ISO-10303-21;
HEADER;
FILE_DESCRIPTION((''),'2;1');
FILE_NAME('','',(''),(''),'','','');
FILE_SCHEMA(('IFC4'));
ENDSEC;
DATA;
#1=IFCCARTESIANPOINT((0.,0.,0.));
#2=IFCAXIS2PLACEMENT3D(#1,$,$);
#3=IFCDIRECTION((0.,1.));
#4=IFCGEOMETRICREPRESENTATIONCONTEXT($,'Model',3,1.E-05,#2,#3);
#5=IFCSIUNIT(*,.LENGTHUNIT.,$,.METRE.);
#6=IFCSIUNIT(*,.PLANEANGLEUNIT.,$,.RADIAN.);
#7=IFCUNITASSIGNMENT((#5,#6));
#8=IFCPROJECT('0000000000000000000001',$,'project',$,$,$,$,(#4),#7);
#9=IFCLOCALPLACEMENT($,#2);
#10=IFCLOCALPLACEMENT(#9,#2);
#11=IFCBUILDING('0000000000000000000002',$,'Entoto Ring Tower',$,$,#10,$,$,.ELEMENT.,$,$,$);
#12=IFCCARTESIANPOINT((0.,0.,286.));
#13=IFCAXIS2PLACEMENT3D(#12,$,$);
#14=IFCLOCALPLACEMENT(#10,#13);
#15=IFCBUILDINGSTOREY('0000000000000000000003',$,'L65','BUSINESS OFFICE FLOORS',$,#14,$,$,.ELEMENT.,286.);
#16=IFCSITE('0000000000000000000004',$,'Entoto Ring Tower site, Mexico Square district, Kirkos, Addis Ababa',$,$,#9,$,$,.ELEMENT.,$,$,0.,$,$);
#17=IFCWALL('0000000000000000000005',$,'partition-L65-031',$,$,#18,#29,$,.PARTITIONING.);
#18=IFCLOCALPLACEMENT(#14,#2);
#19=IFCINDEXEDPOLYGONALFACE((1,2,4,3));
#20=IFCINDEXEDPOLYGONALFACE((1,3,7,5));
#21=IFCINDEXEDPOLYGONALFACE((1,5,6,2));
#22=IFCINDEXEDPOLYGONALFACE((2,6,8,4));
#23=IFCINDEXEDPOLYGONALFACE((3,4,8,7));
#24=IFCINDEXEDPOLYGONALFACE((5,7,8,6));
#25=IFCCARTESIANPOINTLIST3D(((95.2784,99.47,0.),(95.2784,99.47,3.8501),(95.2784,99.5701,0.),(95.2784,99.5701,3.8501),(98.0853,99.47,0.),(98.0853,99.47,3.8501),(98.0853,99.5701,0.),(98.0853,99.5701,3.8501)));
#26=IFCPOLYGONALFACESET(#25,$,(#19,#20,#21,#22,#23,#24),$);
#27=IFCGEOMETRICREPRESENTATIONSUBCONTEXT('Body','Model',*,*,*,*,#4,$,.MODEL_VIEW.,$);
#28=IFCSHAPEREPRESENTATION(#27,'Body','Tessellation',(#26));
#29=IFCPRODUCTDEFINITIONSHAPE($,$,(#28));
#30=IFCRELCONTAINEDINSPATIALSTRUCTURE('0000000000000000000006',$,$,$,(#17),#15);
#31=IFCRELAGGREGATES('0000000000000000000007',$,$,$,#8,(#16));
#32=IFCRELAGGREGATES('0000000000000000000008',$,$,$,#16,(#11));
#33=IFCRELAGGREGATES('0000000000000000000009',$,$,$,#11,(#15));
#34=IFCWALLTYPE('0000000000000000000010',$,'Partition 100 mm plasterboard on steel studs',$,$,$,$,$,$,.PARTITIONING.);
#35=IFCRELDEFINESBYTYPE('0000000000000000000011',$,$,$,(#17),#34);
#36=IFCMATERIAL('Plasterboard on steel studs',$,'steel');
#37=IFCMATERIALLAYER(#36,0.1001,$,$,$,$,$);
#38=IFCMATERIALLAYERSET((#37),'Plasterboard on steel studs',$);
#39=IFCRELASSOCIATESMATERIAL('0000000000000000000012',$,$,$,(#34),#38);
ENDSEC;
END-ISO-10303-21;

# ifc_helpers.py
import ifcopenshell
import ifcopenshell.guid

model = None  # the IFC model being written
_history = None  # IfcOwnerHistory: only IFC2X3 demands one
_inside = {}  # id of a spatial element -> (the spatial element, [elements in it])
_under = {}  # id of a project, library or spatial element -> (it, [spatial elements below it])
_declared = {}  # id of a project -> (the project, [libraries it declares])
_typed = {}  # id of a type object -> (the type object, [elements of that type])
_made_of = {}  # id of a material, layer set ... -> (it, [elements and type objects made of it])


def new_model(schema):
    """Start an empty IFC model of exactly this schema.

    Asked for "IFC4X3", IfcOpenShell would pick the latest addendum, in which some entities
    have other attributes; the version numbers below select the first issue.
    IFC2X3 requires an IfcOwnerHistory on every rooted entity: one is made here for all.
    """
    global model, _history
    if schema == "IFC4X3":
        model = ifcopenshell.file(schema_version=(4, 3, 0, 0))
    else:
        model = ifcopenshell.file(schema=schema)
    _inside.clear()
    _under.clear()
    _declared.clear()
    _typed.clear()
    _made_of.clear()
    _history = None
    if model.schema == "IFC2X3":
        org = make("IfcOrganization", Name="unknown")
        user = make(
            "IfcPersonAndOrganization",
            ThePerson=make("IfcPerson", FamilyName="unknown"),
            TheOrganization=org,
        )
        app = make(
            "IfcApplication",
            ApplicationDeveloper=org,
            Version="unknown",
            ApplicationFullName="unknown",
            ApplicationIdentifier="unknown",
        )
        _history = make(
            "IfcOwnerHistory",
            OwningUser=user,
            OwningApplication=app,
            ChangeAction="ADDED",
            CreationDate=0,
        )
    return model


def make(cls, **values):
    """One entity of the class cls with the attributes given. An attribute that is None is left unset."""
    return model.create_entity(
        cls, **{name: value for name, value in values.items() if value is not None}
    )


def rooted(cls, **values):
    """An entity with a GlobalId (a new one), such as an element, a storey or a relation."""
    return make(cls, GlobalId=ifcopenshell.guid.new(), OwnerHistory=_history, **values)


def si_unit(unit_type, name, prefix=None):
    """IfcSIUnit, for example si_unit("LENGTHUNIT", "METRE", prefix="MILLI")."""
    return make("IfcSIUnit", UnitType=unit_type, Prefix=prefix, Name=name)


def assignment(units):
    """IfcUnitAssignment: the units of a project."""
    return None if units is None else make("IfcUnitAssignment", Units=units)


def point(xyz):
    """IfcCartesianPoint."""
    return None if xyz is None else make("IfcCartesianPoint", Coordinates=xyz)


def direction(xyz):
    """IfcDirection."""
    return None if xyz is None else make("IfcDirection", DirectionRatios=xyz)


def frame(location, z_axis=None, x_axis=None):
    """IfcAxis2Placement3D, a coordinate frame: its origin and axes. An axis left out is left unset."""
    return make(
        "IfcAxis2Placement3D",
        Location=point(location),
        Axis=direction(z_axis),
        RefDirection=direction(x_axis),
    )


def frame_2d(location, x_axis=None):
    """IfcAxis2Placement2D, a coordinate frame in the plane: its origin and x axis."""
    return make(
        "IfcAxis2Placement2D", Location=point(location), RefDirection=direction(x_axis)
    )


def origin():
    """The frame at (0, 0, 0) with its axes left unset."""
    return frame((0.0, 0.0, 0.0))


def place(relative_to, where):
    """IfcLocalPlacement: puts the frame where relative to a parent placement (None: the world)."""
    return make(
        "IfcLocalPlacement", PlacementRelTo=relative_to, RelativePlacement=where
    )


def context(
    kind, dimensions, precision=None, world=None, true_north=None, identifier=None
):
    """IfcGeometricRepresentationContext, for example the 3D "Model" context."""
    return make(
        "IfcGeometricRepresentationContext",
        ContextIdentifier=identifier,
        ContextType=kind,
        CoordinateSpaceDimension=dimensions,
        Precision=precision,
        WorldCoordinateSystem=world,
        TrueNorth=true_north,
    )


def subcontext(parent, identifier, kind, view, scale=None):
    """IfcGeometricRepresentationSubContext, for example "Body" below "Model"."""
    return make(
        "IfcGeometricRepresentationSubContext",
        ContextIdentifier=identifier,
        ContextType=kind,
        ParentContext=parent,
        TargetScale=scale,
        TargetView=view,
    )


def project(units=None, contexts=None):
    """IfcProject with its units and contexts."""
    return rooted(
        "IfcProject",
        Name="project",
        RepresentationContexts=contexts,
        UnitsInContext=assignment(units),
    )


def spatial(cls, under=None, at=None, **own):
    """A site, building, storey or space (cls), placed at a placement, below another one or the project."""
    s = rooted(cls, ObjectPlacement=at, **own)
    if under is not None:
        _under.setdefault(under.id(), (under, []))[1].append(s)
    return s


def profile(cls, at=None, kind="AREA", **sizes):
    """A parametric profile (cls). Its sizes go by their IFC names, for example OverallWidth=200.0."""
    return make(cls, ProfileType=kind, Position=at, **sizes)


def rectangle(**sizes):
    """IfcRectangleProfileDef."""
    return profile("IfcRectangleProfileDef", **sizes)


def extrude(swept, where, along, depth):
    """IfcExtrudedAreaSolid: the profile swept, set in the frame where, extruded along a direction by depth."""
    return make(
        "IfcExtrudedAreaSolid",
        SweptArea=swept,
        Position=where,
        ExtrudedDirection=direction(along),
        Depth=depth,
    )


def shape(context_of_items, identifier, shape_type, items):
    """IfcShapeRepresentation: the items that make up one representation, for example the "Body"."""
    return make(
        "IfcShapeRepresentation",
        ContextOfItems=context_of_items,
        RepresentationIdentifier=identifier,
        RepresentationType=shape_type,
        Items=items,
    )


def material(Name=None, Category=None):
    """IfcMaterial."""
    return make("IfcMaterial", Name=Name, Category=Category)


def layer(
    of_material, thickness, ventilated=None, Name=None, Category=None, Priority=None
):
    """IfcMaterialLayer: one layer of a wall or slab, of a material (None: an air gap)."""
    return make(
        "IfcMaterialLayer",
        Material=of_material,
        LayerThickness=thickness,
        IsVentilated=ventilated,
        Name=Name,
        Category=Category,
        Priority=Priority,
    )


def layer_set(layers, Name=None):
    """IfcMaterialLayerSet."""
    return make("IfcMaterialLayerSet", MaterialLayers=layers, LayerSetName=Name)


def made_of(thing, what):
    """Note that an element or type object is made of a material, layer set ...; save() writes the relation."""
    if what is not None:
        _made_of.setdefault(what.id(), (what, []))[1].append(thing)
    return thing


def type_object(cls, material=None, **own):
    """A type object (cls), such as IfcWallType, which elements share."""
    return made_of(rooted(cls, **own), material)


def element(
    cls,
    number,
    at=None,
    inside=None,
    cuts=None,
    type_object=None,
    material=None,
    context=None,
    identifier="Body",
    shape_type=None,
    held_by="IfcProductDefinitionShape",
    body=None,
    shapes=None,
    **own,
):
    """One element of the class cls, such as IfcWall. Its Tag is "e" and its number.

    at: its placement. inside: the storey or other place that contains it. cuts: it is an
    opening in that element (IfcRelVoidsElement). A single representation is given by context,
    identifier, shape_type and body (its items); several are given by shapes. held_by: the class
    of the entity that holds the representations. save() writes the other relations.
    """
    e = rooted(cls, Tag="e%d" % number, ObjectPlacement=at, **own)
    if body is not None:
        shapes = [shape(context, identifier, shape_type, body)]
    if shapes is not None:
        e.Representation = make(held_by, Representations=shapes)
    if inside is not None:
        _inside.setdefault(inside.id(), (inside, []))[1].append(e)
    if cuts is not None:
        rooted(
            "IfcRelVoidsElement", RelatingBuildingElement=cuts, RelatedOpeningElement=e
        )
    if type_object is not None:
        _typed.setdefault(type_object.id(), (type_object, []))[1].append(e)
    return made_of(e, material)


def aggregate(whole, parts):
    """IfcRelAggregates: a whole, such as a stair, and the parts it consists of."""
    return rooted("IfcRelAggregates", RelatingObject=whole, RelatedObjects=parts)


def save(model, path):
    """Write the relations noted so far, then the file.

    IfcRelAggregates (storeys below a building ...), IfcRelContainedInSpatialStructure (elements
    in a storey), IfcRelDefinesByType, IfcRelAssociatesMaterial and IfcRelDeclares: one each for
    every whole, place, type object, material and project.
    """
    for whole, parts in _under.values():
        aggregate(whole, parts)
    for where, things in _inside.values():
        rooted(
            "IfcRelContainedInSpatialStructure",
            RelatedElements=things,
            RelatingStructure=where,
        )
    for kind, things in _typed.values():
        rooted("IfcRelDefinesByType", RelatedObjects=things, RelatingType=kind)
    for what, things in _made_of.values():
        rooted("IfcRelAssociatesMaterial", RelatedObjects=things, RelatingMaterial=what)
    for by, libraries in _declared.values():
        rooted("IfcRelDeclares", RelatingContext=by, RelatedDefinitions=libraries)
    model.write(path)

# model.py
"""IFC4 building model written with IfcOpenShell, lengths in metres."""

from ifc_helpers import new_model, si_unit, direction, frame, frame_2d, origin, place, context, subcontext, project, spatial, rectangle, extrude, material, layer, layer_set, type_object, element, save


model = new_model("IFC4")

# Units and contexts
model_context = context("Model", 3, precision=1e-05, world=origin(), true_north=direction((0.0, 1.0)))
body_context = subcontext(model_context, "Body", "Model", "MODEL_VIEW")
ifc_project = project(units=[si_unit("LENGTHUNIT", "METRE"), si_unit("PLANEANGLEUNIT", "RADIAN")], contexts=[model_context])

# Site, building, storey
site_placement = place(None, origin())
site = spatial("IfcSite", under=ifc_project, at=site_placement, Name="Entoto Ring Tower site, Mexico Square district, Kirkos, Addis Ababa", CompositionType="ELEMENT", RefElevation=0.0)
building_placement = place(site_placement, origin())
building = spatial("IfcBuilding", under=site, at=building_placement, Name="Entoto Ring Tower", CompositionType="ELEMENT")
storey_placement = place(building_placement, frame((0.0, 0.0, 286.0)))
storey = spatial("IfcBuildingStorey", under=building, at=storey_placement, Name="L65", Description="BUSINESS OFFICE FLOORS", CompositionType="ELEMENT", Elevation=286.0)

# Wall
ifc_material_1 = material(Name="Plasterboard on steel studs", Category="steel")
ifc_layer_1 = layer(ifc_material_1, 0.1001)
ifc_layer_set_1 = layer_set([ifc_layer_1], Name="Plasterboard on steel studs")
wall_type_1 = type_object("IfcWallType", Name="Partition 100 mm plasterboard on steel studs", PredefinedType="PARTITIONING", material=ifc_layer_set_1)
wall_1_placement = place(storey_placement, frame((95.2786, 99.52, 0.0), z_axis=(0.0, 0.0, 1.0), x_axis=(1.0, 0.0, 0.0)))
element("IfcWall", 1, at=wall_1_placement, inside=storey, type_object=wall_type_1, Name="partition-L65-031", PredefinedType="PARTITIONING", context=body_context, shape_type="SweptSolid", body=[
    extrude(rectangle(XDim=2.8069, YDim=0.1001, at=frame_2d((1.4033, 0.0))), origin(), (0.0, 0.0, 1.0), 3.8501),
])

save(model, "model.ifc")
